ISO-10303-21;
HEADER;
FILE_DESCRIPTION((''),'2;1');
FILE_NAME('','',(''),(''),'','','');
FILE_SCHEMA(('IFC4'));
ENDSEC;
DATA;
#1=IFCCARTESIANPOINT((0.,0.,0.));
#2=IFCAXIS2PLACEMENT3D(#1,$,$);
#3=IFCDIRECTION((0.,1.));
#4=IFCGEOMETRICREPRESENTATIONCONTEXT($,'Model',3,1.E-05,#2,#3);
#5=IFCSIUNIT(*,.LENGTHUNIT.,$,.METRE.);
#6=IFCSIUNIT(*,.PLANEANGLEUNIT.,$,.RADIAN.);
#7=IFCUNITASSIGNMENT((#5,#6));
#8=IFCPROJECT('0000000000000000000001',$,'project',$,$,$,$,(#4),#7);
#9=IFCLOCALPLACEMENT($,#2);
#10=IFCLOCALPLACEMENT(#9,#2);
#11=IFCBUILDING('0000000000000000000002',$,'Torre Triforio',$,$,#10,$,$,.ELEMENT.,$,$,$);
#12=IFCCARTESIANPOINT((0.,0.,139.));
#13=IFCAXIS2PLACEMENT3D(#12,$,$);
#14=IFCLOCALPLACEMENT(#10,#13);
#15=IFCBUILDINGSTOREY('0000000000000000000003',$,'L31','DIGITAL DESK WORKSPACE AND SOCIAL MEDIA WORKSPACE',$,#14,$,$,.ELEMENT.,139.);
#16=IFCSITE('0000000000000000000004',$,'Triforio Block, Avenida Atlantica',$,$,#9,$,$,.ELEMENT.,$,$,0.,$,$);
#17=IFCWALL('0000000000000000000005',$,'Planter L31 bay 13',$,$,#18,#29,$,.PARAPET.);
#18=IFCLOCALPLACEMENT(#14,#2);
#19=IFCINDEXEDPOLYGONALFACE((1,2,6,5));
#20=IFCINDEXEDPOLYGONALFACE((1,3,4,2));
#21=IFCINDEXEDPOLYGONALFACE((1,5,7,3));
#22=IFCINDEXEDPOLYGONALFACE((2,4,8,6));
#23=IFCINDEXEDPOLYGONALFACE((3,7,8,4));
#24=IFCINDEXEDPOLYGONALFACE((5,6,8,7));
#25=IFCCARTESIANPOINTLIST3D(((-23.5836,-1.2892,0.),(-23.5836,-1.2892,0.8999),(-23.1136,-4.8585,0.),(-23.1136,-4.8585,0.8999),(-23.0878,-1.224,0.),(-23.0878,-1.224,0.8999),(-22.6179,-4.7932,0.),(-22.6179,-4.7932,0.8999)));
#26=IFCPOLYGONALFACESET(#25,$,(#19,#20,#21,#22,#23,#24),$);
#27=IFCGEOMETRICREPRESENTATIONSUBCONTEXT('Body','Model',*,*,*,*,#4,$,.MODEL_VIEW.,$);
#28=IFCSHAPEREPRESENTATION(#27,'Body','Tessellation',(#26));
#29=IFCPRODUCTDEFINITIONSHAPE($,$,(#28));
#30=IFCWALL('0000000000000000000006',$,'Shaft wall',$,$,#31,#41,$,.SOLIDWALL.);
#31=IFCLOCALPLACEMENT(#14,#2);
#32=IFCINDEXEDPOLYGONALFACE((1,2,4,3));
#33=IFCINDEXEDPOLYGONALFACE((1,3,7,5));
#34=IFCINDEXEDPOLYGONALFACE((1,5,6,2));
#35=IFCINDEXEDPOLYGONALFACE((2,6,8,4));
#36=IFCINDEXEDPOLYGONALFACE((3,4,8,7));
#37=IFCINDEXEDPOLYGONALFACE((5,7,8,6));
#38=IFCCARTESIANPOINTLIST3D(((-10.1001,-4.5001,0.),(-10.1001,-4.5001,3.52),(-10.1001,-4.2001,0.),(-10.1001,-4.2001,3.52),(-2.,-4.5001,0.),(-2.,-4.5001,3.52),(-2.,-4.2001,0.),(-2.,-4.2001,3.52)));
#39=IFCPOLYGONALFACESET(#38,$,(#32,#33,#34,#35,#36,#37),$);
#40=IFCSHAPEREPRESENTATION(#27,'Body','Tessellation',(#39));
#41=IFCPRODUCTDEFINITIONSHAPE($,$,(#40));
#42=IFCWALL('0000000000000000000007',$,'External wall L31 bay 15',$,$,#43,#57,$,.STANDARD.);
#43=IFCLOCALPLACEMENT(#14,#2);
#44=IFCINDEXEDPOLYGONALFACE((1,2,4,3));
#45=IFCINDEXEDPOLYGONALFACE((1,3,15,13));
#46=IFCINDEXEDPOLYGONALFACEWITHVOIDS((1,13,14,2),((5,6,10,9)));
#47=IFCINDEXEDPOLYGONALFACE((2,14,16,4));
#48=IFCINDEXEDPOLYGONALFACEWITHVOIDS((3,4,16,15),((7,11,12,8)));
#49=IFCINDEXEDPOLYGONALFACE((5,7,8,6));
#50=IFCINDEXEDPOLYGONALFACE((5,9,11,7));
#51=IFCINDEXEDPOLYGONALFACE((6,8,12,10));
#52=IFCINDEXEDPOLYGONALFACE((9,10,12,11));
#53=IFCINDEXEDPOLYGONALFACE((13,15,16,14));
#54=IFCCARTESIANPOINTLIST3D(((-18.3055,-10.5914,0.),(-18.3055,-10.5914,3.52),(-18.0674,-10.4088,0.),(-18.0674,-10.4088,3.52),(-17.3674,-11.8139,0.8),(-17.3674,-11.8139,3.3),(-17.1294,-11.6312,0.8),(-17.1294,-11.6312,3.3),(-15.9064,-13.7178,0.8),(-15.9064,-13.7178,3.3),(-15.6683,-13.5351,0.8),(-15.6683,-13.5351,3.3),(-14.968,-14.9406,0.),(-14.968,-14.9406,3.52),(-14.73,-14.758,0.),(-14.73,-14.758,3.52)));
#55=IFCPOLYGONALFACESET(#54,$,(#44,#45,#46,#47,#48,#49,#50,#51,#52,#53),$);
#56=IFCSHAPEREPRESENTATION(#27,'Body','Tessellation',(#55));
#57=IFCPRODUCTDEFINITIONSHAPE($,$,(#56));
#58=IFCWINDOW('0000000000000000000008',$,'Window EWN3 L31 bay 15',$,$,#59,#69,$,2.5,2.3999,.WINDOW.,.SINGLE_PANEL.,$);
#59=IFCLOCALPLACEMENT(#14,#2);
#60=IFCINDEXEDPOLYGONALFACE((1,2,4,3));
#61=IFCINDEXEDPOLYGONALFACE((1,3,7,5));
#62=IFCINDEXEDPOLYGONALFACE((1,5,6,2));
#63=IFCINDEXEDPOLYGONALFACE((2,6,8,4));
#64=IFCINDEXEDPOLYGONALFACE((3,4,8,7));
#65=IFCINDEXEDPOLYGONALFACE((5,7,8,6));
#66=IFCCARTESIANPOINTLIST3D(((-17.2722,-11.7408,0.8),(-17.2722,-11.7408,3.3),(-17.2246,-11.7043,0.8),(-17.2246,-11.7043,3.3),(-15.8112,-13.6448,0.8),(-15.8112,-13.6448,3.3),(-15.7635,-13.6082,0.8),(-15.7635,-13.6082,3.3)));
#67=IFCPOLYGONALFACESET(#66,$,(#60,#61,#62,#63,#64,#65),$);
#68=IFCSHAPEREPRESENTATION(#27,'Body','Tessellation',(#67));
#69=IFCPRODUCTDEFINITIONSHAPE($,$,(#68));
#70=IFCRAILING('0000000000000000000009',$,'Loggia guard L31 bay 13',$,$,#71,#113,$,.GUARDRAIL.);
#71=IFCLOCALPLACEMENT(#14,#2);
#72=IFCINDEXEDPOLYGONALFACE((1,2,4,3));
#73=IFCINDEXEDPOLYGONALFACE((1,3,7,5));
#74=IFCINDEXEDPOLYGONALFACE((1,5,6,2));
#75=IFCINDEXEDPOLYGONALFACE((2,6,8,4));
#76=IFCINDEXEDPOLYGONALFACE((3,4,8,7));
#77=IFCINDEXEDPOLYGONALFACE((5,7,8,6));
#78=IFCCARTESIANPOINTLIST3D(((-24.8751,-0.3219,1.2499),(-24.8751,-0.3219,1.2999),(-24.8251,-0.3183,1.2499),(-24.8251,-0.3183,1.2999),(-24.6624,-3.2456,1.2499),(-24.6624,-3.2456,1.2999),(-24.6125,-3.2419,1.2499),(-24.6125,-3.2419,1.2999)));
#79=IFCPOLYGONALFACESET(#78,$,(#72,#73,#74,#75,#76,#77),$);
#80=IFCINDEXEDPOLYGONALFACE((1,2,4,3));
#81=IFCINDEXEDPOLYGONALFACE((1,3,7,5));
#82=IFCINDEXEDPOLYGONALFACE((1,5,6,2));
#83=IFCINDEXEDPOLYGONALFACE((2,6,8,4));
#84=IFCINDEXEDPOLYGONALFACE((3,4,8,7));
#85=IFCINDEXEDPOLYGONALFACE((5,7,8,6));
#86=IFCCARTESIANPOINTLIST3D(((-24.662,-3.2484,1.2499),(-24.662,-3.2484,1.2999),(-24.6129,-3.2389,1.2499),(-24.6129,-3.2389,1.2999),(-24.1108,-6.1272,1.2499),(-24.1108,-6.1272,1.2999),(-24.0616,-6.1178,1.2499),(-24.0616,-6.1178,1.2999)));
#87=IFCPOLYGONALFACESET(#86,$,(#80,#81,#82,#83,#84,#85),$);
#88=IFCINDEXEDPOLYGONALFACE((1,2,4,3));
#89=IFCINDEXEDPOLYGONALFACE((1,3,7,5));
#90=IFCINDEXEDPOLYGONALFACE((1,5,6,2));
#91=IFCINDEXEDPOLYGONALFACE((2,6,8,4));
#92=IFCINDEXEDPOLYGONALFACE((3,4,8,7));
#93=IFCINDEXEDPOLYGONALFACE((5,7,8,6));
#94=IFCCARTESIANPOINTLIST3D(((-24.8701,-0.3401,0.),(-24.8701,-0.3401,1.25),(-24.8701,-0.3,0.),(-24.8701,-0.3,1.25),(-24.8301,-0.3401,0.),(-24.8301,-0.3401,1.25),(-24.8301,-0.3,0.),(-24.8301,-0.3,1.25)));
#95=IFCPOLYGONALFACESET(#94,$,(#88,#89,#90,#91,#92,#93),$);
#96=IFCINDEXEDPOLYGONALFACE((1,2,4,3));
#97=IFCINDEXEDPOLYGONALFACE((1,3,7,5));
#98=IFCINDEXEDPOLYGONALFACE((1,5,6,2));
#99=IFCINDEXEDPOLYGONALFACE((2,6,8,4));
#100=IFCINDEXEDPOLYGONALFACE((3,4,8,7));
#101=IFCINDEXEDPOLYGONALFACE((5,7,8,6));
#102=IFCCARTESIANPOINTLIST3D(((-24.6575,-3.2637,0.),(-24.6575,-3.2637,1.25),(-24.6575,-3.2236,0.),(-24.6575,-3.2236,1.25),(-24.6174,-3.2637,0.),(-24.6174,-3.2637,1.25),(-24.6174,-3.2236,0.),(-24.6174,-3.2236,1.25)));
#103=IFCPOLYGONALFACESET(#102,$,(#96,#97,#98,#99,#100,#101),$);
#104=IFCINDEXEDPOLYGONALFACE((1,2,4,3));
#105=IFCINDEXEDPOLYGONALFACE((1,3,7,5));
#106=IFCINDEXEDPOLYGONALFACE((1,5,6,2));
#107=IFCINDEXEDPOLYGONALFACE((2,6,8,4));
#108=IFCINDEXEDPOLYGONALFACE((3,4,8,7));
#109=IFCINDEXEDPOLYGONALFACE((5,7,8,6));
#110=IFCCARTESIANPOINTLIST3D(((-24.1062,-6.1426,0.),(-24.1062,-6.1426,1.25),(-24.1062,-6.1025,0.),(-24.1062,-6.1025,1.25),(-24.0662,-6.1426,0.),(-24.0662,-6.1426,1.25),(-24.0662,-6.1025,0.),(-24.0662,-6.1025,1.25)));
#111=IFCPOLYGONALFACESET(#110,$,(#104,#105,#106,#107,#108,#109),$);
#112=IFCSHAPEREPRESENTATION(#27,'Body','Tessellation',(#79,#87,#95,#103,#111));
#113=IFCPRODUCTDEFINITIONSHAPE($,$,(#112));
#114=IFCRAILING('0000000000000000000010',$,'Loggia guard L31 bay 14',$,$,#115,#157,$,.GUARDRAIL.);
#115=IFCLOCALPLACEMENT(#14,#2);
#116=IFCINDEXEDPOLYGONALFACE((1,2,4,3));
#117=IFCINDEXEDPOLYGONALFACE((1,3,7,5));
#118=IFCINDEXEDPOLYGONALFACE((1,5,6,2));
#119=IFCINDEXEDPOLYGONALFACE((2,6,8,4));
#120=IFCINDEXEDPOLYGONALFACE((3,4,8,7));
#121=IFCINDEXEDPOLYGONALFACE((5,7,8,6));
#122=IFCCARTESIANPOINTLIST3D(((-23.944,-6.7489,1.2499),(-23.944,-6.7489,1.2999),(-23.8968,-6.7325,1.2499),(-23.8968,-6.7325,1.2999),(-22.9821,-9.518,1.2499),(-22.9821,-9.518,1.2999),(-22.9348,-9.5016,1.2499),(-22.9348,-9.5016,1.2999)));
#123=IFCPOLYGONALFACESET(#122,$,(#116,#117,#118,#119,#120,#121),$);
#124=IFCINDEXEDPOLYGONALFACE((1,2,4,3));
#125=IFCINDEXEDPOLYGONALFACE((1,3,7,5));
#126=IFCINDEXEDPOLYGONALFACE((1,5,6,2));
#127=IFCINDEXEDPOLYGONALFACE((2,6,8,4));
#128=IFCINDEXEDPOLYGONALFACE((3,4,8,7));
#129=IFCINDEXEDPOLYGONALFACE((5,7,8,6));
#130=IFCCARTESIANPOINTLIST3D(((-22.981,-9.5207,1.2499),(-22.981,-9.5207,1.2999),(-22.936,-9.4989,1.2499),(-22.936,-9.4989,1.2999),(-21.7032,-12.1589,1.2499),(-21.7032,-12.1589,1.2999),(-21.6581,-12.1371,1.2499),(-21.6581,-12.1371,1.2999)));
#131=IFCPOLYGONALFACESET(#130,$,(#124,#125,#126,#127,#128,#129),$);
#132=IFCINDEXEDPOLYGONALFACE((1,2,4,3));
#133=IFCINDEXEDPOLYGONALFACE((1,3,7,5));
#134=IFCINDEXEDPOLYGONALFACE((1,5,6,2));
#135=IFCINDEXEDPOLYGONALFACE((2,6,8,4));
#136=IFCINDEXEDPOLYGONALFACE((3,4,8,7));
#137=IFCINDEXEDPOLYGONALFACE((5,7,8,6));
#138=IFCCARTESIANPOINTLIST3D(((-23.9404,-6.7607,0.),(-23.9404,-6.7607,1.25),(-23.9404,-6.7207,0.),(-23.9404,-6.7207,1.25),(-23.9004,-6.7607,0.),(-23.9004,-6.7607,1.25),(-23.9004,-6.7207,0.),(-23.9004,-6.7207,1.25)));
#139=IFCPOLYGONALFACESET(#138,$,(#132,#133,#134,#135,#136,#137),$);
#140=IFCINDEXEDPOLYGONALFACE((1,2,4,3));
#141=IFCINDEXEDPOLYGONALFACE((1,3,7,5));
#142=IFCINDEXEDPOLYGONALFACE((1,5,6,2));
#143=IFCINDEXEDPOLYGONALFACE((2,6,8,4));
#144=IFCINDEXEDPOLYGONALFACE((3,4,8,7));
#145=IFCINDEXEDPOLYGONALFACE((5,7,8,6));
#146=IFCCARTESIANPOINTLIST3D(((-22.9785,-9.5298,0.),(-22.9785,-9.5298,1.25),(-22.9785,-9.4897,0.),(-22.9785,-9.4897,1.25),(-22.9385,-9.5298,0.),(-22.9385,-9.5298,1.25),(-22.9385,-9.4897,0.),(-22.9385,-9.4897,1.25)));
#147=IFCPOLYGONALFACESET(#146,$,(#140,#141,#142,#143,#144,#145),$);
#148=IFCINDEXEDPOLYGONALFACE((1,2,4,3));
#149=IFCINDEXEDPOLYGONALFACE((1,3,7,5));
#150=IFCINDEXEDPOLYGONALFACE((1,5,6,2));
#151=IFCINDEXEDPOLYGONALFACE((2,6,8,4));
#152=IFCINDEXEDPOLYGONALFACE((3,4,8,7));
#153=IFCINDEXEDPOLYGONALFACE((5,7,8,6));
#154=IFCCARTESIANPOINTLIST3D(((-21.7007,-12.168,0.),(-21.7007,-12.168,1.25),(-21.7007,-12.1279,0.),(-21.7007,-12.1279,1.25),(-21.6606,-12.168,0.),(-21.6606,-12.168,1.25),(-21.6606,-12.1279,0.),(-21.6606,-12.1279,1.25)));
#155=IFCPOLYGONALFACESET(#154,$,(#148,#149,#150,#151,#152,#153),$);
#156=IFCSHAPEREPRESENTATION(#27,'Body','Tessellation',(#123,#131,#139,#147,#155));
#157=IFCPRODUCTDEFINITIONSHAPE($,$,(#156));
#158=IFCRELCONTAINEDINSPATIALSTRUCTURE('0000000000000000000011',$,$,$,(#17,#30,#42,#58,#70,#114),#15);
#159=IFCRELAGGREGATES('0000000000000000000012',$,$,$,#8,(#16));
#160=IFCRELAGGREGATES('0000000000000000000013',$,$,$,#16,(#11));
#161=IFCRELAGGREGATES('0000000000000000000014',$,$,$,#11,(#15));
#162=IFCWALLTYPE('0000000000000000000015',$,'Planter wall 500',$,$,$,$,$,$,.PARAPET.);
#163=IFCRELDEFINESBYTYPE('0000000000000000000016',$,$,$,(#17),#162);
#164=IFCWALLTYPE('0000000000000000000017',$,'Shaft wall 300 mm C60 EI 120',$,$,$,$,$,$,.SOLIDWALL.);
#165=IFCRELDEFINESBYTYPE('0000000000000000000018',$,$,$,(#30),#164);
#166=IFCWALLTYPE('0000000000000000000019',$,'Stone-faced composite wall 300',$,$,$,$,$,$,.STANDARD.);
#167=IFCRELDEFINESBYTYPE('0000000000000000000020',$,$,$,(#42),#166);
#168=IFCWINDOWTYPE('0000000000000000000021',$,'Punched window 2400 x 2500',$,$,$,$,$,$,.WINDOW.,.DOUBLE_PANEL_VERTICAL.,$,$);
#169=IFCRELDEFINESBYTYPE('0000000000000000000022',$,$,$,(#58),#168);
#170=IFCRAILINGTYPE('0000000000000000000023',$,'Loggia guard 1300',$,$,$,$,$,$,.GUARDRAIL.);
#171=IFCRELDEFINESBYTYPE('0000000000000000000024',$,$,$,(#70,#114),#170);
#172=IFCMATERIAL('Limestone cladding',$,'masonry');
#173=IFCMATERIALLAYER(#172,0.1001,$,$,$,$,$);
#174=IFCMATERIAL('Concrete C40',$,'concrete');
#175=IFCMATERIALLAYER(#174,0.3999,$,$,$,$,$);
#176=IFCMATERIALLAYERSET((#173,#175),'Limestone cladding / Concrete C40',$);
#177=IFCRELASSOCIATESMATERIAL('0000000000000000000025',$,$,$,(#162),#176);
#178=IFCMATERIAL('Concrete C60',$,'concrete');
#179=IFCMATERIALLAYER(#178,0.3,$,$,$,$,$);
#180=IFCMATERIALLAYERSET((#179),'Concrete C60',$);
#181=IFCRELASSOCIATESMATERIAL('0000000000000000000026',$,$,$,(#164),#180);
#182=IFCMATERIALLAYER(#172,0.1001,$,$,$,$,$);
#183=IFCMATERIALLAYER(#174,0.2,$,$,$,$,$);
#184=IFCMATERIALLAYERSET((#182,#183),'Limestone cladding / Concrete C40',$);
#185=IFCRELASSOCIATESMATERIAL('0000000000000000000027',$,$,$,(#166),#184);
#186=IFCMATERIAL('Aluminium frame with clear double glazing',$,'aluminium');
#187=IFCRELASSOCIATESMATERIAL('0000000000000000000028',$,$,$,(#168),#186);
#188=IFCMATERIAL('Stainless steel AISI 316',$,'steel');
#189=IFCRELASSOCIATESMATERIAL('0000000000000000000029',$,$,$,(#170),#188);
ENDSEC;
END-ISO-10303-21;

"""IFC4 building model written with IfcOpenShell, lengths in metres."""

from ifc_helpers import new_model, si_unit, direction, frame, frame_2d, origin, origin_2d, place, context, subcontext, project, spatial, rectangle, extrude, material, layer, layer_set, type_object, element, fill, save


model = new_model("IFC4")

# Units and contexts
model_context = context("Model", 3, precision=1e-05, world=origin(), true_north=direction((0.0, 1.0)))
body_context = subcontext(model_context, "Body", "Model", "MODEL_VIEW")
ifc_project = project(units=[si_unit("LENGTHUNIT", "METRE"), si_unit("PLANEANGLEUNIT", "RADIAN")], contexts=[model_context])

# Site, building, storey
site_placement = place(None, origin())
site = spatial("IfcSite", under=ifc_project, at=site_placement, Name="Triforio Block, Avenida Atlantica", CompositionType="ELEMENT", RefElevation=0.0)
building_placement = place(site_placement, origin())
building = spatial("IfcBuilding", under=site, at=building_placement, Name="Torre Triforio", CompositionType="ELEMENT")
storey_placement = place(building_placement, frame((0.0, 0.0, 139.0)))
storey = spatial("IfcBuildingStorey", under=building, at=storey_placement, Name="L31", Description="DIGITAL DESK WORKSPACE AND SOCIAL MEDIA WORKSPACE", CompositionType="ELEMENT", Elevation=139.0)

# Shared definitions
ifc_material_1 = material(Name="Concrete C60", Category="concrete")

# Walls
ifc_material_2 = material(Name="Limestone cladding", Category="masonry")
ifc_layer_1 = layer(ifc_material_2, 0.1001)
ifc_material_3 = material(Name="Concrete C40", Category="concrete")
ifc_layer_2 = layer(ifc_material_3, 0.3999)
ifc_layer_set_1 = layer_set([ifc_layer_1, ifc_layer_2], Name="Limestone cladding / Concrete C40")
wall_type_1 = type_object("IfcWallType", Name="Planter wall 500", PredefinedType="PARAPET", material=ifc_layer_set_1)
wall_1_placement = place(storey_placement, frame((-23.3357, -1.2566, 0.0), z_axis=(0.0, 0.0, 1.0), x_axis=(0.130542, -0.991443, 0.0)))
element("IfcWall", 1, at=wall_1_placement, inside=storey, type_object=wall_type_1, Name="Planter L31 bay 13", PredefinedType="PARAPET", context=body_context, shape_type="SweptSolid", body=[
    extrude(rectangle(XDim=3.6001, YDim=0.5, at=frame_2d((1.8, 0.0))), origin(), (0.0, 0.0, 1.0), 0.8999),
])
ifc_layer_3 = layer(ifc_material_1, 0.3)
ifc_layer_set_2 = layer_set([ifc_layer_3], Name="Concrete C60")
wall_type_2 = type_object("IfcWallType", Name="Shaft wall 300 mm C60 EI 120", PredefinedType="SOLIDWALL", material=ifc_layer_set_2)
wall_2_placement = place(storey_placement, frame((-10.1001, -4.3501, 0.0), z_axis=(0.0, 0.0, 1.0), x_axis=(1.0, 0.0, 0.0)))
element("IfcWall", 2, at=wall_2_placement, inside=storey, type_object=wall_type_2, Name="Shaft wall", PredefinedType="SOLIDWALL", context=body_context, shape_type="SweptSolid", body=[
    extrude(rectangle(XDim=8.1001, YDim=0.3, at=frame_2d((4.05, 0.0))), origin(), (0.0, 0.0, 1.0), 3.52),
])

# Shared definitions
ifc_layer_4 = layer(ifc_material_2, 0.1001)
ifc_layer_5 = layer(ifc_material_3, 0.2)
ifc_layer_set_3 = layer_set([ifc_layer_4, ifc_layer_5], Name="Limestone cladding / Concrete C40")
wall_type_3 = type_object("IfcWallType", Name="Stone-faced composite wall 300", PredefinedType="STANDARD", material=ifc_layer_set_3)
ifc_material_4 = material(Name="Aluminium frame with clear double glazing", Category="aluminium")

# Wall, opening, window
wall_3_placement = place(storey_placement, frame((-18.1865, -10.5, 0.0), z_axis=(0.0, 0.0, 1.0), x_axis=(0.608785, -0.793335, 0.0)))
wall_3 = element("IfcWall", 3, at=wall_3_placement, inside=storey, type_object=wall_type_3, Name="External wall L31 bay 15", PredefinedType="STANDARD", context=body_context, shape_type="SweptSolid", body=[
    extrude(rectangle(XDim=5.4822, YDim=0.3, at=frame_2d((2.7412, 0.0))), origin(), (0.0, 0.0, 1.0), 3.52),
])
opening_1_placement = place(wall_3_placement, frame((1.541, 0.0, 0.8)))
opening_1 = element("IfcOpeningElement", 4, at=opening_1_placement, cuts=wall_3, PredefinedType="OPENING", context=body_context, shape_type="SweptSolid", body=[
    extrude(rectangle(XDim=2.3999, YDim=2.5, at=frame_2d((1.2, 1.25))), frame((0.0, 0.1599, 0.0), z_axis=(0.0, -1.0, 0.0), x_axis=(1.0, 0.0, 0.0)), (0.0, 0.0, 1.0), 0.3201),
])
window_type_1 = type_object("IfcWindowType", Name="Punched window 2400 x 2500", PartitioningType="DOUBLE_PANEL_VERTICAL", PredefinedType="WINDOW", material=ifc_material_4)
window_1_placement = place(opening_1_placement, origin())
window_1 = element("IfcWindow", 5, at=window_1_placement, inside=storey, type_object=window_type_1, Name="Window EWN3 L31 bay 15", OverallHeight=2.5, OverallWidth=2.3999, PartitioningType="SINGLE_PANEL", PredefinedType="WINDOW", context=body_context, shape_type="SweptSolid", body=[
    extrude(rectangle(XDim=2.3999, YDim=2.5, at=frame_2d((1.2, 1.25))), frame((0.0, 0.03, 0.0), z_axis=(0.0, -1.0, 0.0), x_axis=(1.0, 0.0, 0.0)), (0.0, 0.0, 1.0), 0.0601),
])
fill(opening_1, window_1)

# Railings
ifc_material_5 = material(Name="Stainless steel AISI 316", Category="steel")
railing_type = type_object("IfcRailingType", Name="Loggia guard 1300", PredefinedType="GUARDRAIL", material=ifc_material_5)
railing_1_placement = place(storey_placement, frame((-24.8501, -0.3201, 0.0)))
element("IfcRailing", 6, at=railing_1_placement, inside=storey, type_object=railing_type, Name="Loggia guard L31 bay 13", PredefinedType="GUARDRAIL", context=body_context, shape_type="SweptSolid", body=[
    extrude(rectangle(XDim=0.05, YDim=0.05, at=origin_2d()), frame((0.0, 0.0, 1.2749), z_axis=(0.072543, -0.997365, 0.0), x_axis=(0.997365, 0.072543, 0.0)), (0.0, 0.0, 1.0), 2.9314),
    extrude(rectangle(XDim=0.05, YDim=0.05, at=origin_2d()), frame((0.2126, -2.9236, 1.2749), z_axis=(0.188069, -0.982156, 0.0), x_axis=(0.982156, 0.188069, 0.0)), (0.0, 0.0, 1.0), 2.9312),
    extrude(rectangle(XDim=0.04, YDim=0.04, at=origin_2d()), origin(), (0.0, 0.0, 1.0), 1.25),
    extrude(rectangle(XDim=0.04, YDim=0.04, at=origin_2d()), frame((0.2126, -2.9236, 0.0)), (0.0, 0.0, 1.0), 1.25),
    extrude(rectangle(XDim=0.04, YDim=0.04, at=origin_2d()), frame((0.7639, -5.8025, 0.0)), (0.0, 0.0, 1.0), 1.25),
])
railing_2_placement = place(storey_placement, frame((-23.9204, -6.7407, 0.0)))
element("IfcRailing", 7, at=railing_2_placement, inside=storey, type_object=railing_type, Name="Loggia guard L31 bay 14", PredefinedType="GUARDRAIL", context=body_context, shape_type="SweptSolid", body=[
    extrude(rectangle(XDim=0.05, YDim=0.05, at=origin_2d()), frame((0.0, 0.0, 1.2749), z_axis=(0.328146, -0.944627, 0.0), x_axis=(0.944627, 0.328146, 0.0)), (0.0, 0.0, 1.0), 2.9314),
    extrude(rectangle(XDim=0.05, YDim=0.05, at=origin_2d()), frame((0.9619, -2.769, 1.2749), z_axis=(0.435918, -0.899986, 0.0), x_axis=(0.899986, 0.435918, 0.0)), (0.0, 0.0, 1.0), 2.9314),
    extrude(rectangle(XDim=0.04, YDim=0.04, at=origin_2d()), origin(), (0.0, 0.0, 1.0), 1.25),
    extrude(rectangle(XDim=0.04, YDim=0.04, at=origin_2d()), frame((0.9619, -2.769, 0.0)), (0.0, 0.0, 1.0), 1.25),
    extrude(rectangle(XDim=0.04, YDim=0.04, at=origin_2d()), frame((2.2397, -5.4072, 0.0)), (0.0, 0.0, 1.0), 1.25),
])

save(model, "model.ifc")
